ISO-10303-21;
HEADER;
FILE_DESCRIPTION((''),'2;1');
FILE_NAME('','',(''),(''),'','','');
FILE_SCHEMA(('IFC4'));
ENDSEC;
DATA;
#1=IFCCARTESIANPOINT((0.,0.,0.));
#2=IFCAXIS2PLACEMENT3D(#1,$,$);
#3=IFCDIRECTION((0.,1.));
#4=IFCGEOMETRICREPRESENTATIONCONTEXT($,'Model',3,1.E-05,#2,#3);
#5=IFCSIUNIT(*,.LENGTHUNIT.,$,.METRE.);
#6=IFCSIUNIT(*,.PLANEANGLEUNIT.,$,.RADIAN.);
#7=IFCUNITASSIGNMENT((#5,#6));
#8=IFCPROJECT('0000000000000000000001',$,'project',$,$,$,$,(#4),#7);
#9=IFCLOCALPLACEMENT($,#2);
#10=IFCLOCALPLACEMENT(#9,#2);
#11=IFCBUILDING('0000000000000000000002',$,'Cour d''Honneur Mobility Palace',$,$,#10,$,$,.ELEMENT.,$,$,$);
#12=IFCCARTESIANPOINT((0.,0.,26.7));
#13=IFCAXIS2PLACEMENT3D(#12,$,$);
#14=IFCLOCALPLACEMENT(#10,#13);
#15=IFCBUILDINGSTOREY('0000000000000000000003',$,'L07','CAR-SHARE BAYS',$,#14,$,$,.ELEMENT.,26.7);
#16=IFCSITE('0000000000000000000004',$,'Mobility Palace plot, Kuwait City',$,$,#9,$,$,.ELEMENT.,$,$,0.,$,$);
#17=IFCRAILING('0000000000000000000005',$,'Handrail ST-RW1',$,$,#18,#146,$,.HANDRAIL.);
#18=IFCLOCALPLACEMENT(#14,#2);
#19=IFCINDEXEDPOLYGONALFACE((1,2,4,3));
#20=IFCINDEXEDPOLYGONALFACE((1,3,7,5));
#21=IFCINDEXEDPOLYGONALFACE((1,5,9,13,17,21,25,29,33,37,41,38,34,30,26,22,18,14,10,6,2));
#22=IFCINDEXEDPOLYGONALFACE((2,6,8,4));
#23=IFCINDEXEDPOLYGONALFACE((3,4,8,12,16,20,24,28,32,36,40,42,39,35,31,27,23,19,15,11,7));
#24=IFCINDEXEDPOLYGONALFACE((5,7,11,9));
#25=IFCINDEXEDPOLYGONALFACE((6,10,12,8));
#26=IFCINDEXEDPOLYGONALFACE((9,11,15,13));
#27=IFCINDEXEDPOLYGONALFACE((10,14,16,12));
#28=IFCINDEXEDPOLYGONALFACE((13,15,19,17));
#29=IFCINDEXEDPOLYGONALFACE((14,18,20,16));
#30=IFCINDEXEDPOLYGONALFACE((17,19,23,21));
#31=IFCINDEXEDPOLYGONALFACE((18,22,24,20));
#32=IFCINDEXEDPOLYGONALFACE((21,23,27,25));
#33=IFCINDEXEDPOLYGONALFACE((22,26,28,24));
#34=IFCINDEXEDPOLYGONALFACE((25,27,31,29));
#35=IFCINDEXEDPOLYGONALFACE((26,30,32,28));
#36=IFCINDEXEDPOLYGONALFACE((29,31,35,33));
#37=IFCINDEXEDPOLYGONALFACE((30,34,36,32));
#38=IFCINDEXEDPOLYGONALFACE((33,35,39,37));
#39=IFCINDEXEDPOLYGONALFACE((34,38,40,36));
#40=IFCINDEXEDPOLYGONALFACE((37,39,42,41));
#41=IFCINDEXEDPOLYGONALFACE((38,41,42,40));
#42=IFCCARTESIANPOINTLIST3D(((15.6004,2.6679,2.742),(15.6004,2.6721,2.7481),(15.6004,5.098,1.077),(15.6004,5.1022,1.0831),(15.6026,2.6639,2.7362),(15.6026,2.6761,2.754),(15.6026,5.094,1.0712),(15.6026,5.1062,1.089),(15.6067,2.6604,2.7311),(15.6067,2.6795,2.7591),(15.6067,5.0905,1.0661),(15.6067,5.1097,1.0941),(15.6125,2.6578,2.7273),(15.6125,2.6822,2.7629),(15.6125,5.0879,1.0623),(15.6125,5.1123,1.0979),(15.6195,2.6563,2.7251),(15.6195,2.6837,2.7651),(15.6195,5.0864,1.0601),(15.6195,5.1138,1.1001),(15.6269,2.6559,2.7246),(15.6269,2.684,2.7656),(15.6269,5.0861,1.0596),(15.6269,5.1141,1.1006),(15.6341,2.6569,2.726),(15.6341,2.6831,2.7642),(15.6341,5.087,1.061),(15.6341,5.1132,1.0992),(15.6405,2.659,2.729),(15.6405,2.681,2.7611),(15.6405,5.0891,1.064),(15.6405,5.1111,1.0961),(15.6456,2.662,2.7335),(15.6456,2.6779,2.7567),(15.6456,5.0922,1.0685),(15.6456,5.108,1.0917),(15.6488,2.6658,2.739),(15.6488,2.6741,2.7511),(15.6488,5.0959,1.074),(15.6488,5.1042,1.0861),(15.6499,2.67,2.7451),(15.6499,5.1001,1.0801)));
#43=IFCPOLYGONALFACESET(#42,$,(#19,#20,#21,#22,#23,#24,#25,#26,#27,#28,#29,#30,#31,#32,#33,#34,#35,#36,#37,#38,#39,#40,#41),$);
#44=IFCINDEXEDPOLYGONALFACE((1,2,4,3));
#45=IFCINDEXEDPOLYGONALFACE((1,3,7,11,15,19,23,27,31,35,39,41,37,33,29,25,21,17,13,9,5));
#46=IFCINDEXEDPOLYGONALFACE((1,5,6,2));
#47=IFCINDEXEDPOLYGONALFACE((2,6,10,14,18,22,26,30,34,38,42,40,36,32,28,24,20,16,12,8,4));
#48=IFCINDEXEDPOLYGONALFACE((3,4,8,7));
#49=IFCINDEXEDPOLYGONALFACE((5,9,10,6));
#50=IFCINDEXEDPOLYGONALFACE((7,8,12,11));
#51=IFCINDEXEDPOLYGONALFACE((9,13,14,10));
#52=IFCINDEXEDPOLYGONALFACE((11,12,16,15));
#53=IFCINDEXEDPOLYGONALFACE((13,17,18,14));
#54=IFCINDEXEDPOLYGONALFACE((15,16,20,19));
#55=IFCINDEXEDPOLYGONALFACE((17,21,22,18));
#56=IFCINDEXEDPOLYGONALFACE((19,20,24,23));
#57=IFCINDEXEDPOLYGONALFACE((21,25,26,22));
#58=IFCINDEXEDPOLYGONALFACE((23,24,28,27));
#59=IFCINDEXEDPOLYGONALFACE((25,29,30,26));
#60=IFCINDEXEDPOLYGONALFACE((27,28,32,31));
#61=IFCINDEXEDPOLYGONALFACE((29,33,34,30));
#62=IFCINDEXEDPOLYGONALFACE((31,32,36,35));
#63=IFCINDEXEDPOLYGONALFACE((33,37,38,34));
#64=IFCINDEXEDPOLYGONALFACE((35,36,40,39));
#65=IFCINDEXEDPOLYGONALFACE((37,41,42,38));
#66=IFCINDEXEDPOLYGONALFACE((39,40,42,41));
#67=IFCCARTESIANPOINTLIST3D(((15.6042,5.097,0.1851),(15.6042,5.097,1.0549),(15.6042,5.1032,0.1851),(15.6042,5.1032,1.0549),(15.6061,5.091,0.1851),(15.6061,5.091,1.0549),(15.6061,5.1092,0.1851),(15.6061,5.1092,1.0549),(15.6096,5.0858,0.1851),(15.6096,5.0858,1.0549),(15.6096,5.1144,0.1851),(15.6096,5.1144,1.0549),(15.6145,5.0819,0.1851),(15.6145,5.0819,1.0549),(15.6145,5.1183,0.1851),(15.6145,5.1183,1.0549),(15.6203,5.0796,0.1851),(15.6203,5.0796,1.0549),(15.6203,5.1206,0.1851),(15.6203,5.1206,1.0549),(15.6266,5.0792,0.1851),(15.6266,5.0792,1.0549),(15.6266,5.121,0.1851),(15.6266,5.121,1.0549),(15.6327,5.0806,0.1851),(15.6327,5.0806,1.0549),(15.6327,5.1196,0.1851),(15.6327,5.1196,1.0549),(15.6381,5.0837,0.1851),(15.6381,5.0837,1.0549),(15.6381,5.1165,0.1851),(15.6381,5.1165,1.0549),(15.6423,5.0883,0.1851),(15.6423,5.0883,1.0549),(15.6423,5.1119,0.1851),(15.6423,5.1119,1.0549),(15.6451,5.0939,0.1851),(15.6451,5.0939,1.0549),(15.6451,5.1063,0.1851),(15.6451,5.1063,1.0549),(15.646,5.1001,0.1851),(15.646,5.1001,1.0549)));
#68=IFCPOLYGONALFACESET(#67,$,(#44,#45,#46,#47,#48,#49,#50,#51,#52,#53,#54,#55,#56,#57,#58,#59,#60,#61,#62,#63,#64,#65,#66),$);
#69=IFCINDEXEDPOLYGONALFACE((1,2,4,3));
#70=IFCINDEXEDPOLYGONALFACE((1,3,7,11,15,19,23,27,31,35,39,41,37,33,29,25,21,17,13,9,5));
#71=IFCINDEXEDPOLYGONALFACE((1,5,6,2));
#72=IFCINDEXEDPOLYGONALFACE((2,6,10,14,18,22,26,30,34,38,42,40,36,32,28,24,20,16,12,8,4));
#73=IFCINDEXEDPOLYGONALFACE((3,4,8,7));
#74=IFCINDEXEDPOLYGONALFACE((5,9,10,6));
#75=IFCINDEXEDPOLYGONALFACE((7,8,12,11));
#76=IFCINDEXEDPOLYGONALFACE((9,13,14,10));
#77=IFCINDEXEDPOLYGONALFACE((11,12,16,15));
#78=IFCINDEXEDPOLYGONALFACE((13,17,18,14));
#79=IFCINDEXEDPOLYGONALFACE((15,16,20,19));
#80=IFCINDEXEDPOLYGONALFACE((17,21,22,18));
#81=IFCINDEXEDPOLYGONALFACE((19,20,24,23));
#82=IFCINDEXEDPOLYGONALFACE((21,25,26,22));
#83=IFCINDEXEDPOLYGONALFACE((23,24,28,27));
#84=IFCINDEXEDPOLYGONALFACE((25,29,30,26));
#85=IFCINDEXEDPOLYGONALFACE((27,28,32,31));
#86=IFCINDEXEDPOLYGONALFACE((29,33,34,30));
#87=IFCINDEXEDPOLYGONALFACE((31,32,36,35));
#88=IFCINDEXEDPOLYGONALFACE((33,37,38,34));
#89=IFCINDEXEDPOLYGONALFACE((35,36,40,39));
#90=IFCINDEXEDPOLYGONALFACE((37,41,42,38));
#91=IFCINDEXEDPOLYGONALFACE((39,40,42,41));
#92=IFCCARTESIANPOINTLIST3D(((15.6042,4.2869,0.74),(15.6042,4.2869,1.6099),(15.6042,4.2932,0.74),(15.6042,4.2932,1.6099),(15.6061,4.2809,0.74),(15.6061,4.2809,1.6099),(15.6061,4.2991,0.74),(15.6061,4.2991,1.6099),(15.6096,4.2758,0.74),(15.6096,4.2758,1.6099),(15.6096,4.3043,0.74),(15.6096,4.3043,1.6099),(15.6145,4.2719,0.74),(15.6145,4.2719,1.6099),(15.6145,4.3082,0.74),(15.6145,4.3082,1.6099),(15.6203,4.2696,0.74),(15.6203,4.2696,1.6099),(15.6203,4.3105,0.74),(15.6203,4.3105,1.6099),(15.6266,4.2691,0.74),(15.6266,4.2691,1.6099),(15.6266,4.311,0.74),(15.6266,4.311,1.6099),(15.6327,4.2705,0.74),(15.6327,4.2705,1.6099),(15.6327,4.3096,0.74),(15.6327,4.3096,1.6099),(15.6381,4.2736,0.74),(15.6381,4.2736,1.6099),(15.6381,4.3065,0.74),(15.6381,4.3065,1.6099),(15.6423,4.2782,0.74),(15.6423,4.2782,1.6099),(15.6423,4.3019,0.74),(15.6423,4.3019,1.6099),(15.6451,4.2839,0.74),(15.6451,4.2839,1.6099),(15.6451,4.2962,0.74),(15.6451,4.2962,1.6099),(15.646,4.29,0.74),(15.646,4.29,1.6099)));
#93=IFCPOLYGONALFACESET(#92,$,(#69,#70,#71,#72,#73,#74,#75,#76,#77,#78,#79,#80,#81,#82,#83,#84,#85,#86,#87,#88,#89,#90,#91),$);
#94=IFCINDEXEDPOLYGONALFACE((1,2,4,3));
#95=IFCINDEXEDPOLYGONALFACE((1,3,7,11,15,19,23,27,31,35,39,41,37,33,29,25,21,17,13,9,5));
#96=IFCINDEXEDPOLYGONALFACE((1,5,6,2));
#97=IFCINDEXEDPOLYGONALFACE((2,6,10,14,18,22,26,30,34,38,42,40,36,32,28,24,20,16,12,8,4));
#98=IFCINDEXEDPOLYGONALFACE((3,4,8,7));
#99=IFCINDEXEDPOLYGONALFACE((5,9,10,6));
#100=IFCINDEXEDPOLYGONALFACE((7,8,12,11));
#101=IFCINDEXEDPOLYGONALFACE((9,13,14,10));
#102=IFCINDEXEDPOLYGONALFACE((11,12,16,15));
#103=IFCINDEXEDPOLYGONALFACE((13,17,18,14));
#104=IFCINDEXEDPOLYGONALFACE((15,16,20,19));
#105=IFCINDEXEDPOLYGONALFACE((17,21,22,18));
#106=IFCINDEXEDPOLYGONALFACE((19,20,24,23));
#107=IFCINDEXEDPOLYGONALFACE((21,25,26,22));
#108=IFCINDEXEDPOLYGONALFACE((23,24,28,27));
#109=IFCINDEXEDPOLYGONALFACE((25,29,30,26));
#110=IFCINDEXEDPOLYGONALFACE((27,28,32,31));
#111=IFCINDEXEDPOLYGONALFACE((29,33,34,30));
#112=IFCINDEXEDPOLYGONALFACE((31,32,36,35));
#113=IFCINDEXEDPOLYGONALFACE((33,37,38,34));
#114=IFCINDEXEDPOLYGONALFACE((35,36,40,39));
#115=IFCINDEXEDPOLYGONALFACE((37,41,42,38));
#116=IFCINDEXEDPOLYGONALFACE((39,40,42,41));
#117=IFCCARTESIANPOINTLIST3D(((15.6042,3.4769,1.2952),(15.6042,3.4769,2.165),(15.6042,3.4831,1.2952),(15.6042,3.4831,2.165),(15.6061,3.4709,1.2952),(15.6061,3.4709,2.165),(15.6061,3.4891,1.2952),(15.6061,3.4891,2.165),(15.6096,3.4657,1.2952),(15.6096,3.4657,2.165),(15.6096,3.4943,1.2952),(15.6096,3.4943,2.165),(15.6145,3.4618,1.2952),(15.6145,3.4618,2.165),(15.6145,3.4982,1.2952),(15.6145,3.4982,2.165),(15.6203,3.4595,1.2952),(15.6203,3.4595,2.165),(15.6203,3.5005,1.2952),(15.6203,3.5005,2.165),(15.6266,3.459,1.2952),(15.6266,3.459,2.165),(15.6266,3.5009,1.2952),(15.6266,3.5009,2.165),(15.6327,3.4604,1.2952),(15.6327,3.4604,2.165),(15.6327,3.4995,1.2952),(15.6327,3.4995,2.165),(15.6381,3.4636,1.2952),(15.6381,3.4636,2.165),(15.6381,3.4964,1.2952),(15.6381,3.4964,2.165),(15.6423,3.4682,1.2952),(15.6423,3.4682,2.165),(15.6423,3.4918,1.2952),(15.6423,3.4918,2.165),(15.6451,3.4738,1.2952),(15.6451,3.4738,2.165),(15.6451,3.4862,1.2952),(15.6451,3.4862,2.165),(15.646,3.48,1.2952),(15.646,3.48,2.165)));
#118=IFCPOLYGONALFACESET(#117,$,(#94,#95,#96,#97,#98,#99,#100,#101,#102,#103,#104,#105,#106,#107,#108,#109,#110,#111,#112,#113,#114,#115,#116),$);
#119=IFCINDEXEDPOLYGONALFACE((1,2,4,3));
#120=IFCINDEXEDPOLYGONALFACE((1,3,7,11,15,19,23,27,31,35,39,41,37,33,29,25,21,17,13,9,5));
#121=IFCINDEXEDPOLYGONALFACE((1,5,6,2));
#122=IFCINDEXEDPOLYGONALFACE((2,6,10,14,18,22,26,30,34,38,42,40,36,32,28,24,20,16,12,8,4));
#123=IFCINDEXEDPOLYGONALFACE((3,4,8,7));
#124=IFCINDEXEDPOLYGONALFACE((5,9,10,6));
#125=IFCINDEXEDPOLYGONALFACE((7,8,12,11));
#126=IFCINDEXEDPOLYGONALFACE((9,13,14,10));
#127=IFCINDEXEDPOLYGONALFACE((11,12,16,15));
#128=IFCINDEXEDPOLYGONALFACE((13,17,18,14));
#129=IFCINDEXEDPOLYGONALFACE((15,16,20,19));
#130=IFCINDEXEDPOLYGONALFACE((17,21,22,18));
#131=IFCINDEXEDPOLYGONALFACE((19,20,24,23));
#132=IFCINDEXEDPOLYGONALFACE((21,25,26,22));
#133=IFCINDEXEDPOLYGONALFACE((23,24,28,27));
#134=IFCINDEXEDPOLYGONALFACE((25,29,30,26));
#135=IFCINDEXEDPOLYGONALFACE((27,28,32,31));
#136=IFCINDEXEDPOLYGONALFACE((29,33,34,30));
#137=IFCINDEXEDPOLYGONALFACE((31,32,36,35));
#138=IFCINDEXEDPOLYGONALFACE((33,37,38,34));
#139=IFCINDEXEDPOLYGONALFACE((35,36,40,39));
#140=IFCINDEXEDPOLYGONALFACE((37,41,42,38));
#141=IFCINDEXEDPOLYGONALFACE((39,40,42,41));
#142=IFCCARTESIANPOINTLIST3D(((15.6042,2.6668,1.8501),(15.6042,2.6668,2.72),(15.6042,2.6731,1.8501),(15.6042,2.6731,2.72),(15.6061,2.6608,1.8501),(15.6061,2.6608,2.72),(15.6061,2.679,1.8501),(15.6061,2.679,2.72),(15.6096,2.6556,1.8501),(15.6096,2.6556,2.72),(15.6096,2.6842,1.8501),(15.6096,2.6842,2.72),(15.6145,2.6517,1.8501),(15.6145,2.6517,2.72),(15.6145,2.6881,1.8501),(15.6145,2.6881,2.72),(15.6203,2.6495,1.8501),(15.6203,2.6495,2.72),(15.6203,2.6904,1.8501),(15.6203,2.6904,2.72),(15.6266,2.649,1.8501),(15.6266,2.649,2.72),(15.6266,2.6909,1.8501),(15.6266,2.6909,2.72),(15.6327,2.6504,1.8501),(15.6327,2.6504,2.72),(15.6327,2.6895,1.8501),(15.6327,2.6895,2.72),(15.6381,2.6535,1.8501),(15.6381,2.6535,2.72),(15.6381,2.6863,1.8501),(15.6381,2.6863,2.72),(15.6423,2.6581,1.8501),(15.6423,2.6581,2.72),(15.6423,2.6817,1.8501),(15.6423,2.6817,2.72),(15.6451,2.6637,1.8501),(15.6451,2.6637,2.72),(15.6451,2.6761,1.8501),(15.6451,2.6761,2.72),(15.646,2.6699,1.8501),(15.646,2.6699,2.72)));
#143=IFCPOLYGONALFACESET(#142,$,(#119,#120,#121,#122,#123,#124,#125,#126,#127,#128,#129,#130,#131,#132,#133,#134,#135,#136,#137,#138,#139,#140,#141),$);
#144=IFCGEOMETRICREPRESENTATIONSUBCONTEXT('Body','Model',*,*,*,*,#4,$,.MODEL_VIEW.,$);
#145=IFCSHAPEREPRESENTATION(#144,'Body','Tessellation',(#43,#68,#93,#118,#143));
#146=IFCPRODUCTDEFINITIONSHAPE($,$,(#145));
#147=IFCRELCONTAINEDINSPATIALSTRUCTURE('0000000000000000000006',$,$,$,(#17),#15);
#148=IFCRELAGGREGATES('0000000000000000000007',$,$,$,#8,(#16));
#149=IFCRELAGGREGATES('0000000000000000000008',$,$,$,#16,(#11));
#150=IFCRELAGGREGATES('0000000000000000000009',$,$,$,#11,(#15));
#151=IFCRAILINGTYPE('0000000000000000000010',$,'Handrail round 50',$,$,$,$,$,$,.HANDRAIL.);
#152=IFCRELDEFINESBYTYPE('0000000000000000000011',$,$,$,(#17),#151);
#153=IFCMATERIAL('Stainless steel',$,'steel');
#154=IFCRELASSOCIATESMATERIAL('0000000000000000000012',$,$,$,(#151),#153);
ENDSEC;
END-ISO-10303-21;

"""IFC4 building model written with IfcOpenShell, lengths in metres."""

from ifc_helpers import new_model, si_unit, direction, frame, origin, origin_2d, place, context, subcontext, project, spatial, circle, extrude, material, type_object, element, save


model = new_model("IFC4")

# Units and contexts
model_context = context("Model", 3, precision=1e-05, world=origin(), true_north=direction((0.0, 1.0)))
body_context = subcontext(model_context, "Body", "Model", "MODEL_VIEW")
ifc_project = project(units=[si_unit("LENGTHUNIT", "METRE"), si_unit("PLANEANGLEUNIT", "RADIAN")], contexts=[model_context])

# Site, building, storey
site_placement = place(None, origin())
site = spatial("IfcSite", under=ifc_project, at=site_placement, Name="Mobility Palace plot, Kuwait City", CompositionType="ELEMENT", RefElevation=0.0)
building_placement = place(site_placement, origin())
building = spatial("IfcBuilding", under=site, at=building_placement, Name="Cour d'Honneur Mobility Palace", CompositionType="ELEMENT")
storey_placement = place(building_placement, frame((0.0, 0.0, 26.7)))
storey = spatial("IfcBuildingStorey", under=building, at=storey_placement, Name="L07", Description="CAR-SHARE BAYS", CompositionType="ELEMENT", Elevation=26.7)

# Railing
ifc_material_1 = material(Name="Stainless steel", Category="steel")
railing_type_1 = type_object("IfcRailingType", Name="Handrail round 50", PredefinedType="HANDRAIL", material=ifc_material_1)
for number, where, name in (
    (1, (15.625, 5.1001, 0.1851), "Handrail ST-RW1"),
):
    element("IfcRailing", number, at=place(storey_placement, frame(where)), inside=storey, type_object=railing_type_1, Name=name, PredefinedType="HANDRAIL", context=body_context, shape_type="SweptSolid", body=[
        extrude(circle(Radius=0.0249, at=origin_2d()), frame((0.0, 0.0, 0.895), z_axis=(0.0, -0.824945, 0.565213), x_axis=(1.0, 0.0, 0.0)), (0.0, 0.0, 1.0), 2.9458),
        extrude(circle(Radius=0.021, at=origin_2d()), origin(), (0.0, 0.0, 1.0), 0.8699),
        extrude(circle(Radius=0.021, at=origin_2d()), frame((0.0, -0.8101, 0.5549)), (0.0, 0.0, 1.0), 0.8699),
        extrude(circle(Radius=0.021, at=origin_2d()), frame((0.0, -1.6201, 1.1101)), (0.0, 0.0, 1.0), 0.8699),
        extrude(circle(Radius=0.021, at=origin_2d()), frame((0.0, -2.4302, 1.665)), (0.0, 0.0, 1.0), 0.8699),
    ])

save(model, "model.ifc")
